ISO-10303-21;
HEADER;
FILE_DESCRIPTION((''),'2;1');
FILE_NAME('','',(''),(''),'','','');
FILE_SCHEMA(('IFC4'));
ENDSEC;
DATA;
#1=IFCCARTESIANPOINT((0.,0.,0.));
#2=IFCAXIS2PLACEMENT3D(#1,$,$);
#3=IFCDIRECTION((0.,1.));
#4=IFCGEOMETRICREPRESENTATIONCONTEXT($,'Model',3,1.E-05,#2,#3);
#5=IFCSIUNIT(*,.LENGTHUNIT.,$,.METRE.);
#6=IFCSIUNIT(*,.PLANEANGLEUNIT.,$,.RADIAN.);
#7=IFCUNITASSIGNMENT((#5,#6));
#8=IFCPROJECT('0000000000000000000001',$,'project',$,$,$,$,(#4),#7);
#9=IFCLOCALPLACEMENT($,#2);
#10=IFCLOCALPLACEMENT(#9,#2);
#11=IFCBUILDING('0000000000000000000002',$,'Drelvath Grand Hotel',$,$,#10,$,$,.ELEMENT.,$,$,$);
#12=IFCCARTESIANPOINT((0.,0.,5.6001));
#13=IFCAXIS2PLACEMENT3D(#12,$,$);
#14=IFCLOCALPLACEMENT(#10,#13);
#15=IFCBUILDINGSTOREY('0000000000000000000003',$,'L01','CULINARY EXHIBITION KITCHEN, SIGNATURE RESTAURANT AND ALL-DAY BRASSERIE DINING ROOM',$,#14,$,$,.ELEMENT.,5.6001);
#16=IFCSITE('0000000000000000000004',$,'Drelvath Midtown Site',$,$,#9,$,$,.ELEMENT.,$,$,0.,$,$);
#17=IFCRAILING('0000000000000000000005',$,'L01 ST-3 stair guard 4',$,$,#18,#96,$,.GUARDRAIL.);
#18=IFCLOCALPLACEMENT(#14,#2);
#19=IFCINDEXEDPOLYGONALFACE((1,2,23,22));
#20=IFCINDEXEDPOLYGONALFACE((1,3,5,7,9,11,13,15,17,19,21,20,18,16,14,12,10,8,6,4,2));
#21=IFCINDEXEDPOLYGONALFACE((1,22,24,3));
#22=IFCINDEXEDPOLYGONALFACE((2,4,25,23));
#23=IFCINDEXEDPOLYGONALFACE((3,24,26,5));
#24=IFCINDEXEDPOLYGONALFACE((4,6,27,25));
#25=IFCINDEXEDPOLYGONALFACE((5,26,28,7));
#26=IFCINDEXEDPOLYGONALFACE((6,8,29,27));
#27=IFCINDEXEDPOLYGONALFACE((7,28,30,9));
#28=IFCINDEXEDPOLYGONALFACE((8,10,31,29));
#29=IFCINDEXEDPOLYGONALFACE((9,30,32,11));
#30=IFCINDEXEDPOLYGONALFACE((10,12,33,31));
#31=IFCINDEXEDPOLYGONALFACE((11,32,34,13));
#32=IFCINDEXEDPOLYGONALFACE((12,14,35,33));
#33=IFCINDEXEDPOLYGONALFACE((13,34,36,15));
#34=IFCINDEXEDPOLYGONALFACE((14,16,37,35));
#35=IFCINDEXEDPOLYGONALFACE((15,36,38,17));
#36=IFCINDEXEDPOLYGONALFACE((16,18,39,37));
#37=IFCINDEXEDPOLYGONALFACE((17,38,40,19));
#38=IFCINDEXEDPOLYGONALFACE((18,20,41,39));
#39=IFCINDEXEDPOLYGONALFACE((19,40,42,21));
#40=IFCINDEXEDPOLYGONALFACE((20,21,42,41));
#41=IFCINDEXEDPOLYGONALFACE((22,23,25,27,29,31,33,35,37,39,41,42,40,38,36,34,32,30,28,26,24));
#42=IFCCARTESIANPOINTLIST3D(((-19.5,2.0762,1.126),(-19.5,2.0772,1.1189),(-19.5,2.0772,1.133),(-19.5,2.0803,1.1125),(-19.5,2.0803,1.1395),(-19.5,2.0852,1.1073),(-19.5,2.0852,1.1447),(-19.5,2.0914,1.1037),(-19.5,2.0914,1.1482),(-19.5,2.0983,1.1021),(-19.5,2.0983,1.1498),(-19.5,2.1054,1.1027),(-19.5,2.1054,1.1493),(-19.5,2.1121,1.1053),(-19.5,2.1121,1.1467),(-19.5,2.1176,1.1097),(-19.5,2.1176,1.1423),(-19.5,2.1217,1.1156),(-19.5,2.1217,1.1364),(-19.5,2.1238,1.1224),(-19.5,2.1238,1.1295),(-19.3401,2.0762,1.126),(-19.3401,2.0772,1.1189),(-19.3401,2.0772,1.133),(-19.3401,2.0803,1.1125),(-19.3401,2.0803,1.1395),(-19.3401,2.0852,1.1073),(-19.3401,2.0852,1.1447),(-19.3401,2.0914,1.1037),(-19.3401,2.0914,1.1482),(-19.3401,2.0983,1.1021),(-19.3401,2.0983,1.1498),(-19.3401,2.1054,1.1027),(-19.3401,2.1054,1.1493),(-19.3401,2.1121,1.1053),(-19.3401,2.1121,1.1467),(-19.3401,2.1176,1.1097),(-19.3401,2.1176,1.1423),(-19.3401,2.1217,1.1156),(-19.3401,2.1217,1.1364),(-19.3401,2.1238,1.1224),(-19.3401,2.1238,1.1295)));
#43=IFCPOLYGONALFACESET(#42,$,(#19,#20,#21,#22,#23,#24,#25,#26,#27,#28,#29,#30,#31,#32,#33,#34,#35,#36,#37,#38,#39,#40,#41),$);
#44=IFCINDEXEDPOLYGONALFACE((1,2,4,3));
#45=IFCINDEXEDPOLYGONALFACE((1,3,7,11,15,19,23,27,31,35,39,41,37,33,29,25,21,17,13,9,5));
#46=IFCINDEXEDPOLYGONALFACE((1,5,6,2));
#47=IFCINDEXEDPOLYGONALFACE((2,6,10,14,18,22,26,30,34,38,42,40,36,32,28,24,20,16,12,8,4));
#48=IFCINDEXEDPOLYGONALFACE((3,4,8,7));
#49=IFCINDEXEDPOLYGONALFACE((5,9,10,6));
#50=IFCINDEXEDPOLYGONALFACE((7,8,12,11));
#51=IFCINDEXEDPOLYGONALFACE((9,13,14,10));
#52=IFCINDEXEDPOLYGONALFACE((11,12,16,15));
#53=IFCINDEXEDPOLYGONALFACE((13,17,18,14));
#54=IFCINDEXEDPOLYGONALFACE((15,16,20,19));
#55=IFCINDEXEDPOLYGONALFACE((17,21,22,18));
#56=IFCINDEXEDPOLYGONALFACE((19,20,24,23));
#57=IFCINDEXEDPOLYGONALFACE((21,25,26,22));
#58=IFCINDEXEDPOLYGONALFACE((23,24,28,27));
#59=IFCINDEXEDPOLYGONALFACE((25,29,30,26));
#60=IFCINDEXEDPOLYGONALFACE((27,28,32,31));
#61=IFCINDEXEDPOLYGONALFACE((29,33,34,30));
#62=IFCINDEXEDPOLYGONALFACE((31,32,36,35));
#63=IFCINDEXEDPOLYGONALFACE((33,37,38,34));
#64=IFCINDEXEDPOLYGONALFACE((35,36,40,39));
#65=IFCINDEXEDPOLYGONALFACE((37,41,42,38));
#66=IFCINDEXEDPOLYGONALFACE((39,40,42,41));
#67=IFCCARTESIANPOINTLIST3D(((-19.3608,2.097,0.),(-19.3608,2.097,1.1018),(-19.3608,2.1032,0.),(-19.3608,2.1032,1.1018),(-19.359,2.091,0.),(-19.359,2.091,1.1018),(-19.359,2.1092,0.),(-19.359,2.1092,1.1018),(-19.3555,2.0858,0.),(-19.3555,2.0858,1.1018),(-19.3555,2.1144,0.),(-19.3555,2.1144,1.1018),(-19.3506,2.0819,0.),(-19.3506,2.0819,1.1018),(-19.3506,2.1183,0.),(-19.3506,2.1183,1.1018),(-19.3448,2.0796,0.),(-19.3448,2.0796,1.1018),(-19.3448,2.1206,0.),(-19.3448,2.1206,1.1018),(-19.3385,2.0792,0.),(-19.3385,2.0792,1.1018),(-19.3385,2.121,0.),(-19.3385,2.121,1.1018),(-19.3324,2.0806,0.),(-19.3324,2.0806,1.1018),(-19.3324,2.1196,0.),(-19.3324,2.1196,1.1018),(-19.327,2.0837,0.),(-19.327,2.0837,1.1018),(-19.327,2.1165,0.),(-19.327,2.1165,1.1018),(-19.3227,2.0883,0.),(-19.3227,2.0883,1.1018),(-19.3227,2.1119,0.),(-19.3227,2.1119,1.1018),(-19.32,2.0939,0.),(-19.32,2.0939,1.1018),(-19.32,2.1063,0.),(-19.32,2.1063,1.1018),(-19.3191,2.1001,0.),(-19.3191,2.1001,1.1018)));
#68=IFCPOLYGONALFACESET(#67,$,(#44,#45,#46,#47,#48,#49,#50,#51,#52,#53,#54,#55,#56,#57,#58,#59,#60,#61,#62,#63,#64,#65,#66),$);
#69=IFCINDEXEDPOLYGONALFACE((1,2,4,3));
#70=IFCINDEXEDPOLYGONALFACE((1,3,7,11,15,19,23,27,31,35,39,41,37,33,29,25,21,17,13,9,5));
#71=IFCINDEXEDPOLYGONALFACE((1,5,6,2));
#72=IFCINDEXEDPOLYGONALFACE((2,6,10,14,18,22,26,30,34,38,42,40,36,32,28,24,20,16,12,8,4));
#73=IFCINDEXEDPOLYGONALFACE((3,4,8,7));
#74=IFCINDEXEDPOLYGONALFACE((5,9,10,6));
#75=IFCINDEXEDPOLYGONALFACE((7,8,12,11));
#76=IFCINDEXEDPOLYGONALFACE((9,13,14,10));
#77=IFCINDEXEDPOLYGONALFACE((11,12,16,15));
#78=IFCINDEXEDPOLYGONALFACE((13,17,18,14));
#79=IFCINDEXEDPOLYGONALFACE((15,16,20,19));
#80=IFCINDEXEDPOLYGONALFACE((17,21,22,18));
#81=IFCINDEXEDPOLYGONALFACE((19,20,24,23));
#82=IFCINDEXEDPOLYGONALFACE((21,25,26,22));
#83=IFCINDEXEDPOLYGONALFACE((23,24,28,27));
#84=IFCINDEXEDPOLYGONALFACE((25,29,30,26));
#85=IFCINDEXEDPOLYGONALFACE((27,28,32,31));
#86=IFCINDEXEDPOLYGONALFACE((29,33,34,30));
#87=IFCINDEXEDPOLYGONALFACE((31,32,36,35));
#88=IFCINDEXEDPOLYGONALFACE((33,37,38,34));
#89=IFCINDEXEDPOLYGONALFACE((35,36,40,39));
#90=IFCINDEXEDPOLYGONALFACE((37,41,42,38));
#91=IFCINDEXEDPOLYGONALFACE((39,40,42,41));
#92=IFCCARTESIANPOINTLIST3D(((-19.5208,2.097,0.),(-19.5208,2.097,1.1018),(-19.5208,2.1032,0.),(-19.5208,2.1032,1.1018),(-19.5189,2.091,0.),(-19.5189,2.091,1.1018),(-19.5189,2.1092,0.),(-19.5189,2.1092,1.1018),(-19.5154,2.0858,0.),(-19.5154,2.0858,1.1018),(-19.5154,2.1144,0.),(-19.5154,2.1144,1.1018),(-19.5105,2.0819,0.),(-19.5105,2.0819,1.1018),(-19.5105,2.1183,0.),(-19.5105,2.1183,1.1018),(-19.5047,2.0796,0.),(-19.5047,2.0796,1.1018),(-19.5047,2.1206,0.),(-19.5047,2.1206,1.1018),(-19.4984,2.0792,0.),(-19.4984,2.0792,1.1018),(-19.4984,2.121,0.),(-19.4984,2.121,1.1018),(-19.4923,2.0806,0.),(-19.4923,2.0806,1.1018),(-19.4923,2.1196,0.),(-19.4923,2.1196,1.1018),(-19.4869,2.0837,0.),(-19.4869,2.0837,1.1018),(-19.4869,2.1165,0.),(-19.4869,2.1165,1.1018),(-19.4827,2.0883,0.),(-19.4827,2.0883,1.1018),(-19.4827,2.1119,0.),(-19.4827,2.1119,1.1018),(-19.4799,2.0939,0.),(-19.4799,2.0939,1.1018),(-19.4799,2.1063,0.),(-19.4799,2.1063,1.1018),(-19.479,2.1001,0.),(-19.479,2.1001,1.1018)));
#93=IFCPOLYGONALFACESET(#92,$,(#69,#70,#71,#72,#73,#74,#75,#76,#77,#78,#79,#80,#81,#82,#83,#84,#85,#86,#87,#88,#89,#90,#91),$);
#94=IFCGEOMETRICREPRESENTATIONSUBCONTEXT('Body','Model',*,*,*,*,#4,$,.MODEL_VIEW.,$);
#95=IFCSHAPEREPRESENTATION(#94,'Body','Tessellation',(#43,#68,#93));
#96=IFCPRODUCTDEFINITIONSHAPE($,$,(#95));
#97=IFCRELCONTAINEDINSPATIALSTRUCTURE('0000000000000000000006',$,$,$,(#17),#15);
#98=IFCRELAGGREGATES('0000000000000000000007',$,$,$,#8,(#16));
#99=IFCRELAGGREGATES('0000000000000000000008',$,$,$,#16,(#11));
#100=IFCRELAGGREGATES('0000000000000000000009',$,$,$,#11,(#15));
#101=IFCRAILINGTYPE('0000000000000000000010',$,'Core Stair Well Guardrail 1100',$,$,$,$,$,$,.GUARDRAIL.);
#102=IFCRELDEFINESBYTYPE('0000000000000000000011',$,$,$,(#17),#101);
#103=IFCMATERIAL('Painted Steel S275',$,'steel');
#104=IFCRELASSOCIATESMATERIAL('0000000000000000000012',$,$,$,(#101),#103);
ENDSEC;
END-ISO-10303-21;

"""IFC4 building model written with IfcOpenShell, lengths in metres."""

from ifc_helpers import new_model, si_unit, direction, frame, origin, origin_2d, place, context, subcontext, project, spatial, circle, extrude, material, type_object, element, save


model = new_model("IFC4")

# Units and contexts
model_context = context("Model", 3, precision=1e-05, world=origin(), true_north=direction((0.0, 1.0)))
body_context = subcontext(model_context, "Body", "Model", "MODEL_VIEW")
ifc_project = project(units=[si_unit("LENGTHUNIT", "METRE"), si_unit("PLANEANGLEUNIT", "RADIAN")], contexts=[model_context])

# Site, building, storey
site_placement = place(None, origin())
site = spatial("IfcSite", under=ifc_project, at=site_placement, Name="Drelvath Midtown Site", CompositionType="ELEMENT", RefElevation=0.0)
building_placement = place(site_placement, origin())
building = spatial("IfcBuilding", under=site, at=building_placement, Name="Drelvath Grand Hotel", CompositionType="ELEMENT")
storey_placement = place(building_placement, frame((0.0, 0.0, 5.6001)))
storey = spatial("IfcBuildingStorey", under=building, at=storey_placement, Name="L01", Description="CULINARY EXHIBITION KITCHEN, SIGNATURE RESTAURANT AND ALL-DAY BRASSERIE DINING ROOM", CompositionType="ELEMENT", Elevation=5.6001)

# Shared definitions
ifc_material_1 = material(Name="Painted Steel S275", Category="steel")

# Railing
railing_type_1 = type_object("IfcRailingType", Name="Core Stair Well Guardrail 1100", PredefinedType="GUARDRAIL", material=ifc_material_1)
railing_1_placement = place(storey_placement, frame((-19.3401, 2.1001, 0.0)))
element("IfcRailing", 1, at=railing_1_placement, inside=storey, type_object=railing_type_1, Name="L01 ST-3 stair guard 4", PredefinedType="GUARDRAIL", context=body_context, shape_type="SweptSolid", body=[
    extrude(circle(Radius=0.0239, at=origin_2d()), frame((0.0, 0.0, 1.126), z_axis=(-1.0, 0.0, 0.0), x_axis=(0.0, -1.0, 0.0)), (0.0, 0.0, 1.0), 0.1599),
    extrude(circle(Radius=0.021, at=origin_2d()), origin(), (0.0, 0.0, 1.0), 1.1018),
    extrude(circle(Radius=0.021, at=origin_2d()), frame((-0.1599, 0.0, 0.0)), (0.0, 0.0, 1.0), 1.1018),
])

save(model, "model.ifc")
